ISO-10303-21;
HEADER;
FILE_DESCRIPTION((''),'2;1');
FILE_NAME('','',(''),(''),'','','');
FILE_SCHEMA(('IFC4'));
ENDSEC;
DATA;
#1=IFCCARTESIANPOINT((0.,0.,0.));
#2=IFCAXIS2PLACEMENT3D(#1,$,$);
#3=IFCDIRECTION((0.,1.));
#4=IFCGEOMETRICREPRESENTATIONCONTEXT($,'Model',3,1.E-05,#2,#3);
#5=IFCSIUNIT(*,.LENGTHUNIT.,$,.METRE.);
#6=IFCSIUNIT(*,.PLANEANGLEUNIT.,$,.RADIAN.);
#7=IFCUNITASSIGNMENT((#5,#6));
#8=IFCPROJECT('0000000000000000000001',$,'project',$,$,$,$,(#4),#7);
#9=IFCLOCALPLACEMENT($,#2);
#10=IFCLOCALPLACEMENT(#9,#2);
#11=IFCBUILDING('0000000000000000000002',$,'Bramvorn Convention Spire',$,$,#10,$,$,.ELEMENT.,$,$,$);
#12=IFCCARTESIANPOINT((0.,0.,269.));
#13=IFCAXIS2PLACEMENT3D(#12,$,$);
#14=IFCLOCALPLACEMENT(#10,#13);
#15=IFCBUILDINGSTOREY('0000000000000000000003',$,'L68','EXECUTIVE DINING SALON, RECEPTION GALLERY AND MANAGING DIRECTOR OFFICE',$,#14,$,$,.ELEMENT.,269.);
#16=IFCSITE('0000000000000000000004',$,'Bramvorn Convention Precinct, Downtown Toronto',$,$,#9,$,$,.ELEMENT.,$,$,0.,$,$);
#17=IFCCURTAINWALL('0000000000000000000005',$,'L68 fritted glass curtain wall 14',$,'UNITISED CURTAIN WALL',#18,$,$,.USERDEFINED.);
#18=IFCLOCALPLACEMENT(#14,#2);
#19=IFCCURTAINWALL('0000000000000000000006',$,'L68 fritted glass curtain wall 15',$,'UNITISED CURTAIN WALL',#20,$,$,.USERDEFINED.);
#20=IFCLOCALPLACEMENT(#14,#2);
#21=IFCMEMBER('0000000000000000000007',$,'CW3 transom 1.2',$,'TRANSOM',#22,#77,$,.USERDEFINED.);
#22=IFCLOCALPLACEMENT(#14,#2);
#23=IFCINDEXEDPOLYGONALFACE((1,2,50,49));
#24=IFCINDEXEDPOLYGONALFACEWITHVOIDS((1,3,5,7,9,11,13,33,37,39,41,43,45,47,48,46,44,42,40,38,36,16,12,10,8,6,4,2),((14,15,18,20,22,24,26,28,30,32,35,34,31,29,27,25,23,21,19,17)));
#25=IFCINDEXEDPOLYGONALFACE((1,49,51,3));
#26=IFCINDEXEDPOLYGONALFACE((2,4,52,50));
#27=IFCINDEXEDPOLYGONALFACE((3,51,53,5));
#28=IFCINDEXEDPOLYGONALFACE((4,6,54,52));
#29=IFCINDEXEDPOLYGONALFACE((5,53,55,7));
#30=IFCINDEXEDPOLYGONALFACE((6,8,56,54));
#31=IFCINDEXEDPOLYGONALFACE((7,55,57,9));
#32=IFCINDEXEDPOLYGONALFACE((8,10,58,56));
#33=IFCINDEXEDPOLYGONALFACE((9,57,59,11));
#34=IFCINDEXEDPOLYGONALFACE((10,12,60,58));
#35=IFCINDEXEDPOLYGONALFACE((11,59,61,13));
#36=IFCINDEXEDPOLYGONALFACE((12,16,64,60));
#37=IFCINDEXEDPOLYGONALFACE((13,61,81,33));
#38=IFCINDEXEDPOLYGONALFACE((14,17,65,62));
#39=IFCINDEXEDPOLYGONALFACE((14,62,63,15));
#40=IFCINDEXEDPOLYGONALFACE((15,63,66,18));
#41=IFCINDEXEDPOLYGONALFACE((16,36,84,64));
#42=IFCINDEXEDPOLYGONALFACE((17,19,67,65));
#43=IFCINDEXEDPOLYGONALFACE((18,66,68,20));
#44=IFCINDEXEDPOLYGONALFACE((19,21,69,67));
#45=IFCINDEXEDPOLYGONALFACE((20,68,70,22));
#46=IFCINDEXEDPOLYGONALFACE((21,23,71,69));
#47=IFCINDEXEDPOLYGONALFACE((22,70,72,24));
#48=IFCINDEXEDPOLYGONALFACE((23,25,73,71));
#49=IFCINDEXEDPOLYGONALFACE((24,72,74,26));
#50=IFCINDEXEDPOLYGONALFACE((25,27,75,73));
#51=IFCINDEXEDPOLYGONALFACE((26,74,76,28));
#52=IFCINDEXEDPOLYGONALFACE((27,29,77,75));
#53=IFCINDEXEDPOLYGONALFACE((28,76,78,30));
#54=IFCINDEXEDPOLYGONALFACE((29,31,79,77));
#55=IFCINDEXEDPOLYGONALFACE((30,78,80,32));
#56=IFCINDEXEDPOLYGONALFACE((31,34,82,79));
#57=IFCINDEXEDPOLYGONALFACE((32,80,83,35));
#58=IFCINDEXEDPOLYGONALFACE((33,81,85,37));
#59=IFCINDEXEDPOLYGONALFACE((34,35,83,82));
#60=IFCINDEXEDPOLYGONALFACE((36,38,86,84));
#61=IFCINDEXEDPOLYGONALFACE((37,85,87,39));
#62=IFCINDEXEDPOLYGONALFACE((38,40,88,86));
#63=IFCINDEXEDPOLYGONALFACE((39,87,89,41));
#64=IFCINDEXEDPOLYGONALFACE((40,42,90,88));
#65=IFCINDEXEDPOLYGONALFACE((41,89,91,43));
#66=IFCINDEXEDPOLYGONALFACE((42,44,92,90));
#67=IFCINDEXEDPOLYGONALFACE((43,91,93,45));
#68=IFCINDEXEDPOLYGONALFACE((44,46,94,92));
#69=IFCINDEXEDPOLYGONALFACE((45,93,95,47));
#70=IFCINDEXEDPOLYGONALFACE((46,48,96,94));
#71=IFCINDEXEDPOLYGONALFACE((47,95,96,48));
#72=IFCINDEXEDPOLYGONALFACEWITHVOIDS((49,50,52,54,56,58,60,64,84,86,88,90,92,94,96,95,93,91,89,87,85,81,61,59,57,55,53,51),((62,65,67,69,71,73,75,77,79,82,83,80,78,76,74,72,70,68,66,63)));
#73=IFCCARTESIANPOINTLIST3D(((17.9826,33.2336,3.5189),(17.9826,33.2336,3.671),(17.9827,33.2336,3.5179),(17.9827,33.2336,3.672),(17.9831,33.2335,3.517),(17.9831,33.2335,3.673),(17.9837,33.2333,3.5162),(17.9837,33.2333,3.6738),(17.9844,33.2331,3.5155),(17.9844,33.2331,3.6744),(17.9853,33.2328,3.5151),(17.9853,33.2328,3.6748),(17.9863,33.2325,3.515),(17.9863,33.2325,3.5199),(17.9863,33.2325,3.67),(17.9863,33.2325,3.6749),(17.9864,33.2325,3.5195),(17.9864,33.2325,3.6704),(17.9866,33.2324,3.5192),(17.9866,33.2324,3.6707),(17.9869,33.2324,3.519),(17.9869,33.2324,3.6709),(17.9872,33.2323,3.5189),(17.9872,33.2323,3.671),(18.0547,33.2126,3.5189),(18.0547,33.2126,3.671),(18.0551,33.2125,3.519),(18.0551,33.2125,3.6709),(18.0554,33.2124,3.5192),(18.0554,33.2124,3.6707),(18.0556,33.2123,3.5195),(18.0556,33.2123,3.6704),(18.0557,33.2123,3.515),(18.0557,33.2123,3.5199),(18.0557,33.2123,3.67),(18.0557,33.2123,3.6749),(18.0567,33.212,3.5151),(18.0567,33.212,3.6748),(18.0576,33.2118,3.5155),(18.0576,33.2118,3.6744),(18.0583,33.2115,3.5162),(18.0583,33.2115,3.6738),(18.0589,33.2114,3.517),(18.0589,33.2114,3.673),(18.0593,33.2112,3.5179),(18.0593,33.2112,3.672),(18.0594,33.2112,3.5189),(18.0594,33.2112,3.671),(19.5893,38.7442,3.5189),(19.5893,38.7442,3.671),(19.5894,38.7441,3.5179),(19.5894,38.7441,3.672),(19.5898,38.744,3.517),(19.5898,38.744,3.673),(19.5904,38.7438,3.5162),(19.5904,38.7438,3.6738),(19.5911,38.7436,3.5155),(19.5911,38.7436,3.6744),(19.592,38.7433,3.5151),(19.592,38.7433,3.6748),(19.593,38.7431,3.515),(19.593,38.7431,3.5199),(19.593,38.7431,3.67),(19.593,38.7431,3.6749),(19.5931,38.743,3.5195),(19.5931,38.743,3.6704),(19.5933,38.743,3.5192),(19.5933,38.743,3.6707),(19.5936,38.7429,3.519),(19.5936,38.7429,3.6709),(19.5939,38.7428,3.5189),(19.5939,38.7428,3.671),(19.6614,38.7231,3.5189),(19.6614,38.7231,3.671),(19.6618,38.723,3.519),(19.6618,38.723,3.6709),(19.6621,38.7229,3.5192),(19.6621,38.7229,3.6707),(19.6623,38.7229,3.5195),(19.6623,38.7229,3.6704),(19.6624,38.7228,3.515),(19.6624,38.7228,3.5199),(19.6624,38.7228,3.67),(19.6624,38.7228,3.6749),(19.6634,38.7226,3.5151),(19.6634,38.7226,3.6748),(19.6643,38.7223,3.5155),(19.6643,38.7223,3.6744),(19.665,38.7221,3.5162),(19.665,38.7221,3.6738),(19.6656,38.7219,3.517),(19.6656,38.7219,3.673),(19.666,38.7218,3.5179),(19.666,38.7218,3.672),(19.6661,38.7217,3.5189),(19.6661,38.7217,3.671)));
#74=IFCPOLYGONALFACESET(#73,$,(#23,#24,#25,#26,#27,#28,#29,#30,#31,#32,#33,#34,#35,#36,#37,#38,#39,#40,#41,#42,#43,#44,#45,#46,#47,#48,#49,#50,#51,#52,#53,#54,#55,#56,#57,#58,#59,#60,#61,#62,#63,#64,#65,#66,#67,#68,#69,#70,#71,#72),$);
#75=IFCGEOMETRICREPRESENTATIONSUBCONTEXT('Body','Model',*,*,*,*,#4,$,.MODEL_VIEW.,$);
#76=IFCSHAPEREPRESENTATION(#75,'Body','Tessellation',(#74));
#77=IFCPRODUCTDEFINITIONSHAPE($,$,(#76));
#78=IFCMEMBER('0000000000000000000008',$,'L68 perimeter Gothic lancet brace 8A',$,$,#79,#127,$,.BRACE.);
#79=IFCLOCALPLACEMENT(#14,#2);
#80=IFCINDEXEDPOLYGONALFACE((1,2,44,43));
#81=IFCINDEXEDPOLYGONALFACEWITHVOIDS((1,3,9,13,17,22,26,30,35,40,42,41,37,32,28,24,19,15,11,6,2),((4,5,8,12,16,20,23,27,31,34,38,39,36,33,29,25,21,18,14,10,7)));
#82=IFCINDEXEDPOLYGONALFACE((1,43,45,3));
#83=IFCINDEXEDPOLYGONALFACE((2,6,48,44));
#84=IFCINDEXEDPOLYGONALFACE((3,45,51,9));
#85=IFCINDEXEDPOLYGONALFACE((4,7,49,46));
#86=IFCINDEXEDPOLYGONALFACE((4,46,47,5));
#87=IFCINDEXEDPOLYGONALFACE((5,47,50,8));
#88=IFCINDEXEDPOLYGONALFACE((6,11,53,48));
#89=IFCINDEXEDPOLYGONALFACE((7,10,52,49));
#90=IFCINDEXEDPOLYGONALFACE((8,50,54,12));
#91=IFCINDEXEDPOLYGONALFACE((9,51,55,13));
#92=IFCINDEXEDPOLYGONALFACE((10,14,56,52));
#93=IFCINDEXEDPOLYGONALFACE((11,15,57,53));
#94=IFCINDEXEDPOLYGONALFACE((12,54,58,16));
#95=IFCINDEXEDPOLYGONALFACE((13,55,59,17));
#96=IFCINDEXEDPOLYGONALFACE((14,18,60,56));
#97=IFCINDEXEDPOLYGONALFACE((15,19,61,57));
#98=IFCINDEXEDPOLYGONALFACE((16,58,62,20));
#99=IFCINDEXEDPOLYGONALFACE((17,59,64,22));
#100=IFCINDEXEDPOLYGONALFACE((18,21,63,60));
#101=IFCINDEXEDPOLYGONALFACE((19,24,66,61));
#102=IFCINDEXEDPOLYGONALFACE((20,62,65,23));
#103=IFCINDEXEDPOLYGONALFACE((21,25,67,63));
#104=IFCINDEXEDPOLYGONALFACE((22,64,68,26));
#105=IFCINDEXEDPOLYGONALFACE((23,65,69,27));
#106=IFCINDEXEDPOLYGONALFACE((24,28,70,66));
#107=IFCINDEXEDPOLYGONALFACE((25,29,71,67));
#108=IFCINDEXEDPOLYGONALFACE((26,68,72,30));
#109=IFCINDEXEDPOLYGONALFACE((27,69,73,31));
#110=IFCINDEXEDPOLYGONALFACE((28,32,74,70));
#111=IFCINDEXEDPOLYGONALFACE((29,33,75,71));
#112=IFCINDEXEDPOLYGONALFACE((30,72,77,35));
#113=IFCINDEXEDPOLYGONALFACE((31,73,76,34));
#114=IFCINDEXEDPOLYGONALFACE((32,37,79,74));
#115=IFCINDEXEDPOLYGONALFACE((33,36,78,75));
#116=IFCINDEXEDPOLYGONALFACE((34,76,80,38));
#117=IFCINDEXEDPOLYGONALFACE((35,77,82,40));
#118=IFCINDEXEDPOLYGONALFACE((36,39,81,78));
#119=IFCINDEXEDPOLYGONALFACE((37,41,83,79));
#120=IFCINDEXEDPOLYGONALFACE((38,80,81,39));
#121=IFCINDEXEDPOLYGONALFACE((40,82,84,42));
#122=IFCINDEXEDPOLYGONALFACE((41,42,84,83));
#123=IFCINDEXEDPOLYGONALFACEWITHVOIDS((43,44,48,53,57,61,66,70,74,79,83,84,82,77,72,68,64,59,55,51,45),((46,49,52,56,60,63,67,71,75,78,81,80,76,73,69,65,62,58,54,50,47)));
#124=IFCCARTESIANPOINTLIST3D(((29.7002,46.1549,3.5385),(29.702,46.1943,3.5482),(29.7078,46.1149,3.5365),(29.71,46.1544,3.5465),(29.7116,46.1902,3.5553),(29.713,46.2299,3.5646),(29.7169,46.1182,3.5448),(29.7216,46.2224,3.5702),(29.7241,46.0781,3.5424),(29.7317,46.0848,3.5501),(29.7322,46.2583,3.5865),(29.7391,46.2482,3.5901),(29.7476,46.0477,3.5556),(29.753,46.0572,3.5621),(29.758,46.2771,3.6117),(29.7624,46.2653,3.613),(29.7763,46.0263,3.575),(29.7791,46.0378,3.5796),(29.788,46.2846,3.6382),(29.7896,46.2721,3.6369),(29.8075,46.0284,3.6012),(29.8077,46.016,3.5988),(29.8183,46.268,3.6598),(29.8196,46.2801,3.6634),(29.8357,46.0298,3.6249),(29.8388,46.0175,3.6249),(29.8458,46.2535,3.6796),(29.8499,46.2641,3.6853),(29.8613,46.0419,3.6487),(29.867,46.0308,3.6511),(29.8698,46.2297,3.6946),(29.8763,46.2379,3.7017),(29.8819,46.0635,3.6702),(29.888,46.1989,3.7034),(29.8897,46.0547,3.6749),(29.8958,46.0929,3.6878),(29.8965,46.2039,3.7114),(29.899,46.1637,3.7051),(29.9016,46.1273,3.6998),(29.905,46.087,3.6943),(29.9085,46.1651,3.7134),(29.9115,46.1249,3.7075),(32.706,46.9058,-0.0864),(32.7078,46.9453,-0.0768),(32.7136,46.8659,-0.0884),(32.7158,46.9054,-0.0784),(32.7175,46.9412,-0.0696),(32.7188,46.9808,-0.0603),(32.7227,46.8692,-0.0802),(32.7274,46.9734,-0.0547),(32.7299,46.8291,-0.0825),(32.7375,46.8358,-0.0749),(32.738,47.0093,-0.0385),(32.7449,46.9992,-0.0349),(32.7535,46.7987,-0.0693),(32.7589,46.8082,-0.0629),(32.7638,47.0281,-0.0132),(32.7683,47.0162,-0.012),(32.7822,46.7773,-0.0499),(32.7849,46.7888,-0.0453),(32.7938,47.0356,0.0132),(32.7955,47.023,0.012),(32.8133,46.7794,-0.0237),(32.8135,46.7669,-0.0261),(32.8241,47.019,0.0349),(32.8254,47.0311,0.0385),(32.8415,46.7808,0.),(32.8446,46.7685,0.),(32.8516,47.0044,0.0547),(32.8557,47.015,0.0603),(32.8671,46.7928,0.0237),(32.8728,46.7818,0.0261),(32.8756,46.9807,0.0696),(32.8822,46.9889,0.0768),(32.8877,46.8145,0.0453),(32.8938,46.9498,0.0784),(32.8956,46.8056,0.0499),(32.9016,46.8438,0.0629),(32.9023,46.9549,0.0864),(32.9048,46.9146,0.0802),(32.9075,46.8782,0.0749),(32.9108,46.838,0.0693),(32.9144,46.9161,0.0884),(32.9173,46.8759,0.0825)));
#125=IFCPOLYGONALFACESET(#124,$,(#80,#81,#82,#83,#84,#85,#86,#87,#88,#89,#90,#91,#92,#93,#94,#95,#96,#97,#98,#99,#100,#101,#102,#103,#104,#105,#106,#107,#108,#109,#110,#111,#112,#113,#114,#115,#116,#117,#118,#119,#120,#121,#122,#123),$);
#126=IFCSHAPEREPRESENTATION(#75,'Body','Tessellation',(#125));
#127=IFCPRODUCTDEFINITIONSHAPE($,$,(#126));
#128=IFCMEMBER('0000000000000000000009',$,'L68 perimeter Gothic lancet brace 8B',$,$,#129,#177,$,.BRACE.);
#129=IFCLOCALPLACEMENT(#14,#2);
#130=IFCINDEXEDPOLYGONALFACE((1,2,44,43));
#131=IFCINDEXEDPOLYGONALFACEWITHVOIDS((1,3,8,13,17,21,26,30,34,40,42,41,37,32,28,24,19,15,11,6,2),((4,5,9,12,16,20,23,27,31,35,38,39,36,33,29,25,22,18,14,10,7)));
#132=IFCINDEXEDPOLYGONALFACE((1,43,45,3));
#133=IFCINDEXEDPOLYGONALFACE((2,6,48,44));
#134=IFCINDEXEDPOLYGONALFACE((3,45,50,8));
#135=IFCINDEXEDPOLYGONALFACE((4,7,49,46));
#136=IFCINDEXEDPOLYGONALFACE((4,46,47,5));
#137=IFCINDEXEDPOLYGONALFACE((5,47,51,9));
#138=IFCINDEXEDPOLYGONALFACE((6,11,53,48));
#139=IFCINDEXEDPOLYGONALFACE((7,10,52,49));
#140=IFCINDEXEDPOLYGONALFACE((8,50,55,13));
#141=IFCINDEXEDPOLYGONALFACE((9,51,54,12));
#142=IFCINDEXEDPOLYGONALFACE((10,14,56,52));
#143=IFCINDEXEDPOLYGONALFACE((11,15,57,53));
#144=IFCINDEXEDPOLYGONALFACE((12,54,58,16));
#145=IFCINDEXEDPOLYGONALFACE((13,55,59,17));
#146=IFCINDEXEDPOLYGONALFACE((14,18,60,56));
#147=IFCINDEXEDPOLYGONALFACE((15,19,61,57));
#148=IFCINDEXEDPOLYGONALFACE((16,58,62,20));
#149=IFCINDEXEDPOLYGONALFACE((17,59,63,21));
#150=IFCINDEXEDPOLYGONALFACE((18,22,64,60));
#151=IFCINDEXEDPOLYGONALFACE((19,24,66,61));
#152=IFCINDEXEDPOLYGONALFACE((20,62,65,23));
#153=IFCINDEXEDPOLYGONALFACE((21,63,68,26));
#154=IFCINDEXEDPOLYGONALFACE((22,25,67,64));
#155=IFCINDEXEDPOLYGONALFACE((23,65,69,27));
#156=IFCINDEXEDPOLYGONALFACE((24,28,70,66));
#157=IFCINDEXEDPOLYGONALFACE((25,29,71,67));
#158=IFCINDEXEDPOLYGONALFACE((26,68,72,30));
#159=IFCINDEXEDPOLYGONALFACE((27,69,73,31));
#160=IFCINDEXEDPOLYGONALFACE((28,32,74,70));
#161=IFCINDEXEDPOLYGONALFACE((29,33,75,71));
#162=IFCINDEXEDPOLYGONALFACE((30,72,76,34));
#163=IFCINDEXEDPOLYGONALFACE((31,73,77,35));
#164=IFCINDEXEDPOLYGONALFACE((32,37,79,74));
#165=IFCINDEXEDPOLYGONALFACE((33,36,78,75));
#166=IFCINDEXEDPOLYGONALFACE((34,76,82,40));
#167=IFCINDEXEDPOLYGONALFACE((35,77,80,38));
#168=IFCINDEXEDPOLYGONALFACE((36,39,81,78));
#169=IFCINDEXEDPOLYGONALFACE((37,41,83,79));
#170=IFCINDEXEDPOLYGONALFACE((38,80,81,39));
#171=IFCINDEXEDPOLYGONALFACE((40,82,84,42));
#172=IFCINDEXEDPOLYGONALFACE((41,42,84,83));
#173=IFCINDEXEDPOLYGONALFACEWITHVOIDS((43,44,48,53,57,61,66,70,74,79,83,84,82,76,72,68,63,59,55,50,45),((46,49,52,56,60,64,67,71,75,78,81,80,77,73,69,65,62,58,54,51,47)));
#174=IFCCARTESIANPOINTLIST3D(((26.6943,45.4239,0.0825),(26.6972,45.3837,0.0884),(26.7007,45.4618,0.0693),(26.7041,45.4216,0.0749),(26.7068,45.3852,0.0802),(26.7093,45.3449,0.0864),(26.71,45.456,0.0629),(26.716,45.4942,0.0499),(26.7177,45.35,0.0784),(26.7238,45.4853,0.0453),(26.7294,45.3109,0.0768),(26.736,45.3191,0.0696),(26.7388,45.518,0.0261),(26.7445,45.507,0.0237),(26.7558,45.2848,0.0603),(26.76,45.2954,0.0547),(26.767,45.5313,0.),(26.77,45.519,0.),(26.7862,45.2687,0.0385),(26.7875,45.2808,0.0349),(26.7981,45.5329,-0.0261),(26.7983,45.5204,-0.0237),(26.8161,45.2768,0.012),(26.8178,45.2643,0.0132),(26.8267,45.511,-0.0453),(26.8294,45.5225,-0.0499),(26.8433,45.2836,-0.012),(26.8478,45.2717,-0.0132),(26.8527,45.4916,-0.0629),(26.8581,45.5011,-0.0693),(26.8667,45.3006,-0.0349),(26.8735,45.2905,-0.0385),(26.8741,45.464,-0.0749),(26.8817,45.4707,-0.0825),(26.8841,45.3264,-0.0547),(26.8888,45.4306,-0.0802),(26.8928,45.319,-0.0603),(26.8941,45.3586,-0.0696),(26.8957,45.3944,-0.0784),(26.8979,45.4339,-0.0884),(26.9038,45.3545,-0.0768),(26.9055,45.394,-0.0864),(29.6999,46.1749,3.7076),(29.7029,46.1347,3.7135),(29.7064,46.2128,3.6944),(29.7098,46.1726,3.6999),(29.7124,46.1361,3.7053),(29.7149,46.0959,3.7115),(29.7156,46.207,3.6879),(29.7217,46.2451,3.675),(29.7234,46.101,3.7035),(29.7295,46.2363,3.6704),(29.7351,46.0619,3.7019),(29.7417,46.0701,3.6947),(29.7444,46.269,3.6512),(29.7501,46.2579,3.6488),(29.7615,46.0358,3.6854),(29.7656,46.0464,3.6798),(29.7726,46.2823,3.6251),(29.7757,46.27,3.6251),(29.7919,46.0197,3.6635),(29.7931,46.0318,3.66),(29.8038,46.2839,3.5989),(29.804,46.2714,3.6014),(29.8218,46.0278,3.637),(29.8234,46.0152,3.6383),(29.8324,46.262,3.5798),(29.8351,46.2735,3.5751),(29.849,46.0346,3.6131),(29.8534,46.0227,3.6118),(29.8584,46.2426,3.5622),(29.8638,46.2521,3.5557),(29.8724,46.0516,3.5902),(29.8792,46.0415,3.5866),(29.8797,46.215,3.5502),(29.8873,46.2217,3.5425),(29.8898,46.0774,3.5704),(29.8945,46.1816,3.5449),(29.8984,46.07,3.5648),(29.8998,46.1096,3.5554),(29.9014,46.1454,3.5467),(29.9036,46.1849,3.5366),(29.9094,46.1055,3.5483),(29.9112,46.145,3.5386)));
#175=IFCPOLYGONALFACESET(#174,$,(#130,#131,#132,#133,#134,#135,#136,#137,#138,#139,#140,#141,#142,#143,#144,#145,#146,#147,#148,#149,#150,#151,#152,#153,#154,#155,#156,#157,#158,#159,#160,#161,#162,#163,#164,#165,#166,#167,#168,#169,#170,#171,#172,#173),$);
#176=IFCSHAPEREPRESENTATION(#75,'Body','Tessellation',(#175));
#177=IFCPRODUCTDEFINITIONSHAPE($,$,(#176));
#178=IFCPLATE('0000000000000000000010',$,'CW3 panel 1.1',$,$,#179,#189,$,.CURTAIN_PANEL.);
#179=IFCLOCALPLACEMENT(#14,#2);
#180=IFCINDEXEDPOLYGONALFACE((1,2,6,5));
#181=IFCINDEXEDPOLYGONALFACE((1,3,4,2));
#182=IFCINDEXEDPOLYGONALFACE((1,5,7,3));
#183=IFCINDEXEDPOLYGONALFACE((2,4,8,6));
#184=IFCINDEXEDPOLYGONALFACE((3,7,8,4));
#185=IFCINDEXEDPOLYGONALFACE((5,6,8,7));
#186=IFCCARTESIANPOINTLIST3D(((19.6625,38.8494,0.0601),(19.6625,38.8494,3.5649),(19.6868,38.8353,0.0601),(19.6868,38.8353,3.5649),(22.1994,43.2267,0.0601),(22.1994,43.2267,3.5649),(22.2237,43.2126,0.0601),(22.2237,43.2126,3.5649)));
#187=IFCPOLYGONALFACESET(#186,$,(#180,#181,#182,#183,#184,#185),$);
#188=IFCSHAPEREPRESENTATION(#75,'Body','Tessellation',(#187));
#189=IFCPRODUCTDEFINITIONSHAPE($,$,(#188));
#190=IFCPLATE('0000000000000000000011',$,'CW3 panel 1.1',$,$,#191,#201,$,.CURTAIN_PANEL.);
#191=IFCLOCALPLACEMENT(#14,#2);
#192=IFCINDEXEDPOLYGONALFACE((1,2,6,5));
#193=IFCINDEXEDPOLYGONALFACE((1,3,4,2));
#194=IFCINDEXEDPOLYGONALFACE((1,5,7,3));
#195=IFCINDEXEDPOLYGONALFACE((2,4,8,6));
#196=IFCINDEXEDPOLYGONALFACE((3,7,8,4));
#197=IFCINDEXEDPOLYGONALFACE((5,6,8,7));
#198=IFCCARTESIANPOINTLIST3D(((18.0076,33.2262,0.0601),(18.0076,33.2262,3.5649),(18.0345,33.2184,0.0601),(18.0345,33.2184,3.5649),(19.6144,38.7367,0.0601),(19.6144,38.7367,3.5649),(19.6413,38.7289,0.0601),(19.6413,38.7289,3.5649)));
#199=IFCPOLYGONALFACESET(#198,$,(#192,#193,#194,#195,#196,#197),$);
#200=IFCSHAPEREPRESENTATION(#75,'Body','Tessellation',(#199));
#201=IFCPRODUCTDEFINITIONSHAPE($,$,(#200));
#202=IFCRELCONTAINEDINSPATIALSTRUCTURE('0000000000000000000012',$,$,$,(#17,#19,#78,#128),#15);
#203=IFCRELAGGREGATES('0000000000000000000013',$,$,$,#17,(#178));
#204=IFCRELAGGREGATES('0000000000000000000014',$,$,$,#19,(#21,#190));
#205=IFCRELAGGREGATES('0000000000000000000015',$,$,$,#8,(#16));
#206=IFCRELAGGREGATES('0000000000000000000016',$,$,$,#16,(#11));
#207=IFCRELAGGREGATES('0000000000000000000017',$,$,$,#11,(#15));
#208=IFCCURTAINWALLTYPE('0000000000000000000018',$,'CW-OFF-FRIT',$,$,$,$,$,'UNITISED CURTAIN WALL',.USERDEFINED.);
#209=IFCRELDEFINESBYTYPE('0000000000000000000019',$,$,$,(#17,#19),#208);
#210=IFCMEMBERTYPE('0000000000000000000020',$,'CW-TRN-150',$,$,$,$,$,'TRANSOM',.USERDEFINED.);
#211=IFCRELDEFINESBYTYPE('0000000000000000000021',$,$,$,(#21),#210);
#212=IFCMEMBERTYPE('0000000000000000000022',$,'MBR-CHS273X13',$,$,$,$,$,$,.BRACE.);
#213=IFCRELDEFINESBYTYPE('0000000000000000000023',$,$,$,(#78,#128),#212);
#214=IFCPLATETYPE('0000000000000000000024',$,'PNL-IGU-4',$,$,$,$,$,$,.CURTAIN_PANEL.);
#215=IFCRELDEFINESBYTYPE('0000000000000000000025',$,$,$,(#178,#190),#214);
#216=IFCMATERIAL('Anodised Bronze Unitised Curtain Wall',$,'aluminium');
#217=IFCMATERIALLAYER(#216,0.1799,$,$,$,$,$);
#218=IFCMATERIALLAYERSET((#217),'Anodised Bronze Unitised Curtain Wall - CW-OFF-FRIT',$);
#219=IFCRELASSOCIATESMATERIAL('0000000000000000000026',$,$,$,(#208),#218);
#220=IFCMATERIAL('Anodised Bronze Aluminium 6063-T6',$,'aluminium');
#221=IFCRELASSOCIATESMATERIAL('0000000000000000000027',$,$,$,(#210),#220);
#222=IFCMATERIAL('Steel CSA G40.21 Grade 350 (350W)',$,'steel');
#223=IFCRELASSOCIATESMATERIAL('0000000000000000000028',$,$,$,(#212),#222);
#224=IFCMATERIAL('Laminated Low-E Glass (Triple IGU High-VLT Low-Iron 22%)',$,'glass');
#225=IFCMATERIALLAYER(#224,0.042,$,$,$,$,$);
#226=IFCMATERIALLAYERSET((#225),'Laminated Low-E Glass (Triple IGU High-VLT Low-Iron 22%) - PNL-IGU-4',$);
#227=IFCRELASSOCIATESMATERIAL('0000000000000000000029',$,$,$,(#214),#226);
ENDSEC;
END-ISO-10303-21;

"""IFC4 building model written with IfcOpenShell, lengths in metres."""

from ifc_helpers import new_model, si_unit, direction, frame, origin, origin_2d, place, context, subcontext, project, spatial, rectangle, hollow_rectangle, hollow_circle, extrude, material, layer, layer_set, material_profile, profile_set, type_object, element, aggregate, save


model = new_model("IFC4")

# Units and contexts
model_context = context("Model", 3, precision=1e-05, world=origin(), true_north=direction((0.0, 1.0)))
body_context = subcontext(model_context, "Body", "Model", "MODEL_VIEW")
ifc_project = project(units=[si_unit("LENGTHUNIT", "METRE"), si_unit("PLANEANGLEUNIT", "RADIAN")], contexts=[model_context])

# Site, building, storey
site_placement = place(None, origin())
site = spatial("IfcSite", under=ifc_project, at=site_placement, Name="Bramvorn Convention Precinct, Downtown Toronto", CompositionType="ELEMENT", RefElevation=0.0)
building_placement = place(site_placement, origin())
building = spatial("IfcBuilding", under=site, at=building_placement, Name="Bramvorn Convention Spire", CompositionType="ELEMENT")
storey_placement = place(building_placement, frame((0.0, 0.0, 269.0)))
storey = spatial("IfcBuildingStorey", under=building, at=storey_placement, Name="L68", Description="EXECUTIVE DINING SALON, RECEPTION GALLERY AND MANAGING DIRECTOR OFFICE", CompositionType="ELEMENT", Elevation=269.0)

# Shared definitions
ifc_material_1 = material(Name="Steel CSA G40.21 Grade 350 (350W)", Category="steel")

# Curtain wall
ifc_material_2 = material(Name="Anodised Bronze Unitised Curtain Wall", Category="aluminium")
ifc_layer_1 = layer(ifc_material_2, 0.1799)
ifc_layer_set_1 = layer_set([ifc_layer_1], Name="Anodised Bronze Unitised Curtain Wall - CW-OFF-FRIT")
curtain_wall_type = type_object("IfcCurtainWallType", Name="CW-OFF-FRIT", ElementType="UNITISED CURTAIN WALL", PredefinedType="USERDEFINED", material=ifc_layer_set_1)
curtain_wall_1_placement = place(storey_placement, origin())
curtain_wall_1 = element("IfcCurtainWall", 1, at=curtain_wall_1_placement, inside=storey, type_object=curtain_wall_type, Name="L68 fritted glass curtain wall 14", ObjectType="UNITISED CURTAIN WALL", PredefinedType="USERDEFINED")
ifc_material_3 = material(Name="Anodised Bronze Aluminium 6063-T6", Category="aluminium")

# Curtain wall
curtain_wall_2_placement = place(storey_placement, origin())
curtain_wall_2 = element("IfcCurtainWall", 2, at=curtain_wall_2_placement, inside=storey, type_object=curtain_wall_type, Name="L68 fritted glass curtain wall 15", ObjectType="UNITISED CURTAIN WALL", PredefinedType="USERDEFINED")

# Member
ifc_material_profile_1 = material_profile(ifc_material_3, hollow_rectangle(XDim=0.0801, YDim=0.1599, WallThickness=0.0039, InnerFilletRadius=0.001, OuterFilletRadius=0.0039, at=origin_2d()))
ifc_profile_set_1 = profile_set([ifc_material_profile_1], Name="Anodised Bronze Aluminium 6063-T6 - CWT80X160")
member_type_1 = type_object("IfcMemberType", Name="CW-TRN-150", ElementType="TRANSOM", PredefinedType="USERDEFINED", material=ifc_profile_set_1)
member_1_placement = place(storey_placement, frame((18.021, 33.2224, 3.595), z_axis=(0.279913, 0.960025, 0.0), x_axis=(-0.960025, 0.279913, 0.0)))
member_1 = element("IfcMember", 3, at=member_1_placement, type_object=member_type_1, Name="CW3 transom 1.2", ObjectType="TRANSOM", PredefinedType="USERDEFINED", context=body_context, shape_type="SweptSolid", body=[
    extrude(hollow_rectangle(XDim=0.0801, YDim=0.1599, WallThickness=0.0039, InnerFilletRadius=0.001, OuterFilletRadius=0.0039, at=origin_2d()), origin(), (0.0, 0.0, 1.0), 5.74),
])

# Members
ifc_material_profile_2 = material_profile(ifc_material_1, hollow_circle(Radius=0.1365, WallThickness=0.0127, at=origin_2d()))
ifc_profile_set_2 = profile_set([ifc_material_profile_2], Name="Steel CSA G40.21 Grade 350 (350W) - CHS273X13")
member_type_2 = type_object("IfcMemberType", Name="MBR-CHS273X13", PredefinedType="BRACE", material=ifc_profile_set_2)
for number, where, z_axis, x_axis, name in (
    (4, (32.8115, 46.9009, 0.0), (-0.630341, -0.157483, 0.760177), (0.242387, -0.97018, 0.0), "L68 perimeter Gothic lancet brace 8A"),
    (5, (26.8, 45.3989, 0.0), (0.63031, 0.157488, 0.760202), (-0.242406, 0.970175, 0.0), "L68 perimeter Gothic lancet brace 8B"),
):
    element("IfcMember", number, at=place(storey_placement, frame(where, z_axis=z_axis, x_axis=x_axis)), inside=storey, type_object=member_type_2, Name=name, PredefinedType="BRACE", context=body_context, shape_type="SweptSolid", body=[
        extrude(hollow_circle(Radius=0.1365, WallThickness=0.0127, at=origin_2d()), origin(), (0.0, 0.0, 1.0), 4.7686),
    ])

# Plates
ifc_material_4 = material(Name="Laminated Low-E Glass (Triple IGU High-VLT Low-Iron 22%)", Category="glass")
ifc_layer_2 = layer(ifc_material_4, 0.042)
ifc_layer_set_2 = layer_set([ifc_layer_2], Name="Laminated Low-E Glass (Triple IGU High-VLT Low-Iron 22%) - PNL-IGU-4")
plate_type = type_object("IfcPlateType", Name="PNL-IGU-4", PredefinedType="CURTAIN_PANEL", material=ifc_layer_set_2)
plate_1_placement = place(storey_placement, frame((20.9431, 41.031, 0.0601), z_axis=(0.0, 0.0, 1.0), x_axis=(0.501424, 0.865202, 0.0)))
plate_1 = element("IfcPlate", 6, at=plate_1_placement, type_object=plate_type, Name="CW3 panel 1.1", PredefinedType="CURTAIN_PANEL", context=body_context, shape_type="SweptSolid", body=[
    extrude(rectangle(XDim=5.0593, YDim=0.0281, at=origin_2d()), origin(), (0.0, 0.0, 1.0), 3.5049),
])
aggregate(curtain_wall_1, [plate_1])
plate_2_placement = place(storey_placement, frame((18.8245, 35.9775, 0.0601), z_axis=(0.0, 0.0, 1.0), x_axis=(0.279933, 0.96002, 0.0)))
plate_2 = element("IfcPlate", 7, at=plate_2_placement, type_object=plate_type, Name="CW3 panel 1.1", PredefinedType="CURTAIN_PANEL", context=body_context, shape_type="SweptSolid", body=[
    extrude(rectangle(XDim=5.74, YDim=0.0281, at=origin_2d()), origin(), (0.0, 0.0, 1.0), 3.5049),
])
aggregate(curtain_wall_2, [member_1, plate_2])

save(model, "model.ifc")
